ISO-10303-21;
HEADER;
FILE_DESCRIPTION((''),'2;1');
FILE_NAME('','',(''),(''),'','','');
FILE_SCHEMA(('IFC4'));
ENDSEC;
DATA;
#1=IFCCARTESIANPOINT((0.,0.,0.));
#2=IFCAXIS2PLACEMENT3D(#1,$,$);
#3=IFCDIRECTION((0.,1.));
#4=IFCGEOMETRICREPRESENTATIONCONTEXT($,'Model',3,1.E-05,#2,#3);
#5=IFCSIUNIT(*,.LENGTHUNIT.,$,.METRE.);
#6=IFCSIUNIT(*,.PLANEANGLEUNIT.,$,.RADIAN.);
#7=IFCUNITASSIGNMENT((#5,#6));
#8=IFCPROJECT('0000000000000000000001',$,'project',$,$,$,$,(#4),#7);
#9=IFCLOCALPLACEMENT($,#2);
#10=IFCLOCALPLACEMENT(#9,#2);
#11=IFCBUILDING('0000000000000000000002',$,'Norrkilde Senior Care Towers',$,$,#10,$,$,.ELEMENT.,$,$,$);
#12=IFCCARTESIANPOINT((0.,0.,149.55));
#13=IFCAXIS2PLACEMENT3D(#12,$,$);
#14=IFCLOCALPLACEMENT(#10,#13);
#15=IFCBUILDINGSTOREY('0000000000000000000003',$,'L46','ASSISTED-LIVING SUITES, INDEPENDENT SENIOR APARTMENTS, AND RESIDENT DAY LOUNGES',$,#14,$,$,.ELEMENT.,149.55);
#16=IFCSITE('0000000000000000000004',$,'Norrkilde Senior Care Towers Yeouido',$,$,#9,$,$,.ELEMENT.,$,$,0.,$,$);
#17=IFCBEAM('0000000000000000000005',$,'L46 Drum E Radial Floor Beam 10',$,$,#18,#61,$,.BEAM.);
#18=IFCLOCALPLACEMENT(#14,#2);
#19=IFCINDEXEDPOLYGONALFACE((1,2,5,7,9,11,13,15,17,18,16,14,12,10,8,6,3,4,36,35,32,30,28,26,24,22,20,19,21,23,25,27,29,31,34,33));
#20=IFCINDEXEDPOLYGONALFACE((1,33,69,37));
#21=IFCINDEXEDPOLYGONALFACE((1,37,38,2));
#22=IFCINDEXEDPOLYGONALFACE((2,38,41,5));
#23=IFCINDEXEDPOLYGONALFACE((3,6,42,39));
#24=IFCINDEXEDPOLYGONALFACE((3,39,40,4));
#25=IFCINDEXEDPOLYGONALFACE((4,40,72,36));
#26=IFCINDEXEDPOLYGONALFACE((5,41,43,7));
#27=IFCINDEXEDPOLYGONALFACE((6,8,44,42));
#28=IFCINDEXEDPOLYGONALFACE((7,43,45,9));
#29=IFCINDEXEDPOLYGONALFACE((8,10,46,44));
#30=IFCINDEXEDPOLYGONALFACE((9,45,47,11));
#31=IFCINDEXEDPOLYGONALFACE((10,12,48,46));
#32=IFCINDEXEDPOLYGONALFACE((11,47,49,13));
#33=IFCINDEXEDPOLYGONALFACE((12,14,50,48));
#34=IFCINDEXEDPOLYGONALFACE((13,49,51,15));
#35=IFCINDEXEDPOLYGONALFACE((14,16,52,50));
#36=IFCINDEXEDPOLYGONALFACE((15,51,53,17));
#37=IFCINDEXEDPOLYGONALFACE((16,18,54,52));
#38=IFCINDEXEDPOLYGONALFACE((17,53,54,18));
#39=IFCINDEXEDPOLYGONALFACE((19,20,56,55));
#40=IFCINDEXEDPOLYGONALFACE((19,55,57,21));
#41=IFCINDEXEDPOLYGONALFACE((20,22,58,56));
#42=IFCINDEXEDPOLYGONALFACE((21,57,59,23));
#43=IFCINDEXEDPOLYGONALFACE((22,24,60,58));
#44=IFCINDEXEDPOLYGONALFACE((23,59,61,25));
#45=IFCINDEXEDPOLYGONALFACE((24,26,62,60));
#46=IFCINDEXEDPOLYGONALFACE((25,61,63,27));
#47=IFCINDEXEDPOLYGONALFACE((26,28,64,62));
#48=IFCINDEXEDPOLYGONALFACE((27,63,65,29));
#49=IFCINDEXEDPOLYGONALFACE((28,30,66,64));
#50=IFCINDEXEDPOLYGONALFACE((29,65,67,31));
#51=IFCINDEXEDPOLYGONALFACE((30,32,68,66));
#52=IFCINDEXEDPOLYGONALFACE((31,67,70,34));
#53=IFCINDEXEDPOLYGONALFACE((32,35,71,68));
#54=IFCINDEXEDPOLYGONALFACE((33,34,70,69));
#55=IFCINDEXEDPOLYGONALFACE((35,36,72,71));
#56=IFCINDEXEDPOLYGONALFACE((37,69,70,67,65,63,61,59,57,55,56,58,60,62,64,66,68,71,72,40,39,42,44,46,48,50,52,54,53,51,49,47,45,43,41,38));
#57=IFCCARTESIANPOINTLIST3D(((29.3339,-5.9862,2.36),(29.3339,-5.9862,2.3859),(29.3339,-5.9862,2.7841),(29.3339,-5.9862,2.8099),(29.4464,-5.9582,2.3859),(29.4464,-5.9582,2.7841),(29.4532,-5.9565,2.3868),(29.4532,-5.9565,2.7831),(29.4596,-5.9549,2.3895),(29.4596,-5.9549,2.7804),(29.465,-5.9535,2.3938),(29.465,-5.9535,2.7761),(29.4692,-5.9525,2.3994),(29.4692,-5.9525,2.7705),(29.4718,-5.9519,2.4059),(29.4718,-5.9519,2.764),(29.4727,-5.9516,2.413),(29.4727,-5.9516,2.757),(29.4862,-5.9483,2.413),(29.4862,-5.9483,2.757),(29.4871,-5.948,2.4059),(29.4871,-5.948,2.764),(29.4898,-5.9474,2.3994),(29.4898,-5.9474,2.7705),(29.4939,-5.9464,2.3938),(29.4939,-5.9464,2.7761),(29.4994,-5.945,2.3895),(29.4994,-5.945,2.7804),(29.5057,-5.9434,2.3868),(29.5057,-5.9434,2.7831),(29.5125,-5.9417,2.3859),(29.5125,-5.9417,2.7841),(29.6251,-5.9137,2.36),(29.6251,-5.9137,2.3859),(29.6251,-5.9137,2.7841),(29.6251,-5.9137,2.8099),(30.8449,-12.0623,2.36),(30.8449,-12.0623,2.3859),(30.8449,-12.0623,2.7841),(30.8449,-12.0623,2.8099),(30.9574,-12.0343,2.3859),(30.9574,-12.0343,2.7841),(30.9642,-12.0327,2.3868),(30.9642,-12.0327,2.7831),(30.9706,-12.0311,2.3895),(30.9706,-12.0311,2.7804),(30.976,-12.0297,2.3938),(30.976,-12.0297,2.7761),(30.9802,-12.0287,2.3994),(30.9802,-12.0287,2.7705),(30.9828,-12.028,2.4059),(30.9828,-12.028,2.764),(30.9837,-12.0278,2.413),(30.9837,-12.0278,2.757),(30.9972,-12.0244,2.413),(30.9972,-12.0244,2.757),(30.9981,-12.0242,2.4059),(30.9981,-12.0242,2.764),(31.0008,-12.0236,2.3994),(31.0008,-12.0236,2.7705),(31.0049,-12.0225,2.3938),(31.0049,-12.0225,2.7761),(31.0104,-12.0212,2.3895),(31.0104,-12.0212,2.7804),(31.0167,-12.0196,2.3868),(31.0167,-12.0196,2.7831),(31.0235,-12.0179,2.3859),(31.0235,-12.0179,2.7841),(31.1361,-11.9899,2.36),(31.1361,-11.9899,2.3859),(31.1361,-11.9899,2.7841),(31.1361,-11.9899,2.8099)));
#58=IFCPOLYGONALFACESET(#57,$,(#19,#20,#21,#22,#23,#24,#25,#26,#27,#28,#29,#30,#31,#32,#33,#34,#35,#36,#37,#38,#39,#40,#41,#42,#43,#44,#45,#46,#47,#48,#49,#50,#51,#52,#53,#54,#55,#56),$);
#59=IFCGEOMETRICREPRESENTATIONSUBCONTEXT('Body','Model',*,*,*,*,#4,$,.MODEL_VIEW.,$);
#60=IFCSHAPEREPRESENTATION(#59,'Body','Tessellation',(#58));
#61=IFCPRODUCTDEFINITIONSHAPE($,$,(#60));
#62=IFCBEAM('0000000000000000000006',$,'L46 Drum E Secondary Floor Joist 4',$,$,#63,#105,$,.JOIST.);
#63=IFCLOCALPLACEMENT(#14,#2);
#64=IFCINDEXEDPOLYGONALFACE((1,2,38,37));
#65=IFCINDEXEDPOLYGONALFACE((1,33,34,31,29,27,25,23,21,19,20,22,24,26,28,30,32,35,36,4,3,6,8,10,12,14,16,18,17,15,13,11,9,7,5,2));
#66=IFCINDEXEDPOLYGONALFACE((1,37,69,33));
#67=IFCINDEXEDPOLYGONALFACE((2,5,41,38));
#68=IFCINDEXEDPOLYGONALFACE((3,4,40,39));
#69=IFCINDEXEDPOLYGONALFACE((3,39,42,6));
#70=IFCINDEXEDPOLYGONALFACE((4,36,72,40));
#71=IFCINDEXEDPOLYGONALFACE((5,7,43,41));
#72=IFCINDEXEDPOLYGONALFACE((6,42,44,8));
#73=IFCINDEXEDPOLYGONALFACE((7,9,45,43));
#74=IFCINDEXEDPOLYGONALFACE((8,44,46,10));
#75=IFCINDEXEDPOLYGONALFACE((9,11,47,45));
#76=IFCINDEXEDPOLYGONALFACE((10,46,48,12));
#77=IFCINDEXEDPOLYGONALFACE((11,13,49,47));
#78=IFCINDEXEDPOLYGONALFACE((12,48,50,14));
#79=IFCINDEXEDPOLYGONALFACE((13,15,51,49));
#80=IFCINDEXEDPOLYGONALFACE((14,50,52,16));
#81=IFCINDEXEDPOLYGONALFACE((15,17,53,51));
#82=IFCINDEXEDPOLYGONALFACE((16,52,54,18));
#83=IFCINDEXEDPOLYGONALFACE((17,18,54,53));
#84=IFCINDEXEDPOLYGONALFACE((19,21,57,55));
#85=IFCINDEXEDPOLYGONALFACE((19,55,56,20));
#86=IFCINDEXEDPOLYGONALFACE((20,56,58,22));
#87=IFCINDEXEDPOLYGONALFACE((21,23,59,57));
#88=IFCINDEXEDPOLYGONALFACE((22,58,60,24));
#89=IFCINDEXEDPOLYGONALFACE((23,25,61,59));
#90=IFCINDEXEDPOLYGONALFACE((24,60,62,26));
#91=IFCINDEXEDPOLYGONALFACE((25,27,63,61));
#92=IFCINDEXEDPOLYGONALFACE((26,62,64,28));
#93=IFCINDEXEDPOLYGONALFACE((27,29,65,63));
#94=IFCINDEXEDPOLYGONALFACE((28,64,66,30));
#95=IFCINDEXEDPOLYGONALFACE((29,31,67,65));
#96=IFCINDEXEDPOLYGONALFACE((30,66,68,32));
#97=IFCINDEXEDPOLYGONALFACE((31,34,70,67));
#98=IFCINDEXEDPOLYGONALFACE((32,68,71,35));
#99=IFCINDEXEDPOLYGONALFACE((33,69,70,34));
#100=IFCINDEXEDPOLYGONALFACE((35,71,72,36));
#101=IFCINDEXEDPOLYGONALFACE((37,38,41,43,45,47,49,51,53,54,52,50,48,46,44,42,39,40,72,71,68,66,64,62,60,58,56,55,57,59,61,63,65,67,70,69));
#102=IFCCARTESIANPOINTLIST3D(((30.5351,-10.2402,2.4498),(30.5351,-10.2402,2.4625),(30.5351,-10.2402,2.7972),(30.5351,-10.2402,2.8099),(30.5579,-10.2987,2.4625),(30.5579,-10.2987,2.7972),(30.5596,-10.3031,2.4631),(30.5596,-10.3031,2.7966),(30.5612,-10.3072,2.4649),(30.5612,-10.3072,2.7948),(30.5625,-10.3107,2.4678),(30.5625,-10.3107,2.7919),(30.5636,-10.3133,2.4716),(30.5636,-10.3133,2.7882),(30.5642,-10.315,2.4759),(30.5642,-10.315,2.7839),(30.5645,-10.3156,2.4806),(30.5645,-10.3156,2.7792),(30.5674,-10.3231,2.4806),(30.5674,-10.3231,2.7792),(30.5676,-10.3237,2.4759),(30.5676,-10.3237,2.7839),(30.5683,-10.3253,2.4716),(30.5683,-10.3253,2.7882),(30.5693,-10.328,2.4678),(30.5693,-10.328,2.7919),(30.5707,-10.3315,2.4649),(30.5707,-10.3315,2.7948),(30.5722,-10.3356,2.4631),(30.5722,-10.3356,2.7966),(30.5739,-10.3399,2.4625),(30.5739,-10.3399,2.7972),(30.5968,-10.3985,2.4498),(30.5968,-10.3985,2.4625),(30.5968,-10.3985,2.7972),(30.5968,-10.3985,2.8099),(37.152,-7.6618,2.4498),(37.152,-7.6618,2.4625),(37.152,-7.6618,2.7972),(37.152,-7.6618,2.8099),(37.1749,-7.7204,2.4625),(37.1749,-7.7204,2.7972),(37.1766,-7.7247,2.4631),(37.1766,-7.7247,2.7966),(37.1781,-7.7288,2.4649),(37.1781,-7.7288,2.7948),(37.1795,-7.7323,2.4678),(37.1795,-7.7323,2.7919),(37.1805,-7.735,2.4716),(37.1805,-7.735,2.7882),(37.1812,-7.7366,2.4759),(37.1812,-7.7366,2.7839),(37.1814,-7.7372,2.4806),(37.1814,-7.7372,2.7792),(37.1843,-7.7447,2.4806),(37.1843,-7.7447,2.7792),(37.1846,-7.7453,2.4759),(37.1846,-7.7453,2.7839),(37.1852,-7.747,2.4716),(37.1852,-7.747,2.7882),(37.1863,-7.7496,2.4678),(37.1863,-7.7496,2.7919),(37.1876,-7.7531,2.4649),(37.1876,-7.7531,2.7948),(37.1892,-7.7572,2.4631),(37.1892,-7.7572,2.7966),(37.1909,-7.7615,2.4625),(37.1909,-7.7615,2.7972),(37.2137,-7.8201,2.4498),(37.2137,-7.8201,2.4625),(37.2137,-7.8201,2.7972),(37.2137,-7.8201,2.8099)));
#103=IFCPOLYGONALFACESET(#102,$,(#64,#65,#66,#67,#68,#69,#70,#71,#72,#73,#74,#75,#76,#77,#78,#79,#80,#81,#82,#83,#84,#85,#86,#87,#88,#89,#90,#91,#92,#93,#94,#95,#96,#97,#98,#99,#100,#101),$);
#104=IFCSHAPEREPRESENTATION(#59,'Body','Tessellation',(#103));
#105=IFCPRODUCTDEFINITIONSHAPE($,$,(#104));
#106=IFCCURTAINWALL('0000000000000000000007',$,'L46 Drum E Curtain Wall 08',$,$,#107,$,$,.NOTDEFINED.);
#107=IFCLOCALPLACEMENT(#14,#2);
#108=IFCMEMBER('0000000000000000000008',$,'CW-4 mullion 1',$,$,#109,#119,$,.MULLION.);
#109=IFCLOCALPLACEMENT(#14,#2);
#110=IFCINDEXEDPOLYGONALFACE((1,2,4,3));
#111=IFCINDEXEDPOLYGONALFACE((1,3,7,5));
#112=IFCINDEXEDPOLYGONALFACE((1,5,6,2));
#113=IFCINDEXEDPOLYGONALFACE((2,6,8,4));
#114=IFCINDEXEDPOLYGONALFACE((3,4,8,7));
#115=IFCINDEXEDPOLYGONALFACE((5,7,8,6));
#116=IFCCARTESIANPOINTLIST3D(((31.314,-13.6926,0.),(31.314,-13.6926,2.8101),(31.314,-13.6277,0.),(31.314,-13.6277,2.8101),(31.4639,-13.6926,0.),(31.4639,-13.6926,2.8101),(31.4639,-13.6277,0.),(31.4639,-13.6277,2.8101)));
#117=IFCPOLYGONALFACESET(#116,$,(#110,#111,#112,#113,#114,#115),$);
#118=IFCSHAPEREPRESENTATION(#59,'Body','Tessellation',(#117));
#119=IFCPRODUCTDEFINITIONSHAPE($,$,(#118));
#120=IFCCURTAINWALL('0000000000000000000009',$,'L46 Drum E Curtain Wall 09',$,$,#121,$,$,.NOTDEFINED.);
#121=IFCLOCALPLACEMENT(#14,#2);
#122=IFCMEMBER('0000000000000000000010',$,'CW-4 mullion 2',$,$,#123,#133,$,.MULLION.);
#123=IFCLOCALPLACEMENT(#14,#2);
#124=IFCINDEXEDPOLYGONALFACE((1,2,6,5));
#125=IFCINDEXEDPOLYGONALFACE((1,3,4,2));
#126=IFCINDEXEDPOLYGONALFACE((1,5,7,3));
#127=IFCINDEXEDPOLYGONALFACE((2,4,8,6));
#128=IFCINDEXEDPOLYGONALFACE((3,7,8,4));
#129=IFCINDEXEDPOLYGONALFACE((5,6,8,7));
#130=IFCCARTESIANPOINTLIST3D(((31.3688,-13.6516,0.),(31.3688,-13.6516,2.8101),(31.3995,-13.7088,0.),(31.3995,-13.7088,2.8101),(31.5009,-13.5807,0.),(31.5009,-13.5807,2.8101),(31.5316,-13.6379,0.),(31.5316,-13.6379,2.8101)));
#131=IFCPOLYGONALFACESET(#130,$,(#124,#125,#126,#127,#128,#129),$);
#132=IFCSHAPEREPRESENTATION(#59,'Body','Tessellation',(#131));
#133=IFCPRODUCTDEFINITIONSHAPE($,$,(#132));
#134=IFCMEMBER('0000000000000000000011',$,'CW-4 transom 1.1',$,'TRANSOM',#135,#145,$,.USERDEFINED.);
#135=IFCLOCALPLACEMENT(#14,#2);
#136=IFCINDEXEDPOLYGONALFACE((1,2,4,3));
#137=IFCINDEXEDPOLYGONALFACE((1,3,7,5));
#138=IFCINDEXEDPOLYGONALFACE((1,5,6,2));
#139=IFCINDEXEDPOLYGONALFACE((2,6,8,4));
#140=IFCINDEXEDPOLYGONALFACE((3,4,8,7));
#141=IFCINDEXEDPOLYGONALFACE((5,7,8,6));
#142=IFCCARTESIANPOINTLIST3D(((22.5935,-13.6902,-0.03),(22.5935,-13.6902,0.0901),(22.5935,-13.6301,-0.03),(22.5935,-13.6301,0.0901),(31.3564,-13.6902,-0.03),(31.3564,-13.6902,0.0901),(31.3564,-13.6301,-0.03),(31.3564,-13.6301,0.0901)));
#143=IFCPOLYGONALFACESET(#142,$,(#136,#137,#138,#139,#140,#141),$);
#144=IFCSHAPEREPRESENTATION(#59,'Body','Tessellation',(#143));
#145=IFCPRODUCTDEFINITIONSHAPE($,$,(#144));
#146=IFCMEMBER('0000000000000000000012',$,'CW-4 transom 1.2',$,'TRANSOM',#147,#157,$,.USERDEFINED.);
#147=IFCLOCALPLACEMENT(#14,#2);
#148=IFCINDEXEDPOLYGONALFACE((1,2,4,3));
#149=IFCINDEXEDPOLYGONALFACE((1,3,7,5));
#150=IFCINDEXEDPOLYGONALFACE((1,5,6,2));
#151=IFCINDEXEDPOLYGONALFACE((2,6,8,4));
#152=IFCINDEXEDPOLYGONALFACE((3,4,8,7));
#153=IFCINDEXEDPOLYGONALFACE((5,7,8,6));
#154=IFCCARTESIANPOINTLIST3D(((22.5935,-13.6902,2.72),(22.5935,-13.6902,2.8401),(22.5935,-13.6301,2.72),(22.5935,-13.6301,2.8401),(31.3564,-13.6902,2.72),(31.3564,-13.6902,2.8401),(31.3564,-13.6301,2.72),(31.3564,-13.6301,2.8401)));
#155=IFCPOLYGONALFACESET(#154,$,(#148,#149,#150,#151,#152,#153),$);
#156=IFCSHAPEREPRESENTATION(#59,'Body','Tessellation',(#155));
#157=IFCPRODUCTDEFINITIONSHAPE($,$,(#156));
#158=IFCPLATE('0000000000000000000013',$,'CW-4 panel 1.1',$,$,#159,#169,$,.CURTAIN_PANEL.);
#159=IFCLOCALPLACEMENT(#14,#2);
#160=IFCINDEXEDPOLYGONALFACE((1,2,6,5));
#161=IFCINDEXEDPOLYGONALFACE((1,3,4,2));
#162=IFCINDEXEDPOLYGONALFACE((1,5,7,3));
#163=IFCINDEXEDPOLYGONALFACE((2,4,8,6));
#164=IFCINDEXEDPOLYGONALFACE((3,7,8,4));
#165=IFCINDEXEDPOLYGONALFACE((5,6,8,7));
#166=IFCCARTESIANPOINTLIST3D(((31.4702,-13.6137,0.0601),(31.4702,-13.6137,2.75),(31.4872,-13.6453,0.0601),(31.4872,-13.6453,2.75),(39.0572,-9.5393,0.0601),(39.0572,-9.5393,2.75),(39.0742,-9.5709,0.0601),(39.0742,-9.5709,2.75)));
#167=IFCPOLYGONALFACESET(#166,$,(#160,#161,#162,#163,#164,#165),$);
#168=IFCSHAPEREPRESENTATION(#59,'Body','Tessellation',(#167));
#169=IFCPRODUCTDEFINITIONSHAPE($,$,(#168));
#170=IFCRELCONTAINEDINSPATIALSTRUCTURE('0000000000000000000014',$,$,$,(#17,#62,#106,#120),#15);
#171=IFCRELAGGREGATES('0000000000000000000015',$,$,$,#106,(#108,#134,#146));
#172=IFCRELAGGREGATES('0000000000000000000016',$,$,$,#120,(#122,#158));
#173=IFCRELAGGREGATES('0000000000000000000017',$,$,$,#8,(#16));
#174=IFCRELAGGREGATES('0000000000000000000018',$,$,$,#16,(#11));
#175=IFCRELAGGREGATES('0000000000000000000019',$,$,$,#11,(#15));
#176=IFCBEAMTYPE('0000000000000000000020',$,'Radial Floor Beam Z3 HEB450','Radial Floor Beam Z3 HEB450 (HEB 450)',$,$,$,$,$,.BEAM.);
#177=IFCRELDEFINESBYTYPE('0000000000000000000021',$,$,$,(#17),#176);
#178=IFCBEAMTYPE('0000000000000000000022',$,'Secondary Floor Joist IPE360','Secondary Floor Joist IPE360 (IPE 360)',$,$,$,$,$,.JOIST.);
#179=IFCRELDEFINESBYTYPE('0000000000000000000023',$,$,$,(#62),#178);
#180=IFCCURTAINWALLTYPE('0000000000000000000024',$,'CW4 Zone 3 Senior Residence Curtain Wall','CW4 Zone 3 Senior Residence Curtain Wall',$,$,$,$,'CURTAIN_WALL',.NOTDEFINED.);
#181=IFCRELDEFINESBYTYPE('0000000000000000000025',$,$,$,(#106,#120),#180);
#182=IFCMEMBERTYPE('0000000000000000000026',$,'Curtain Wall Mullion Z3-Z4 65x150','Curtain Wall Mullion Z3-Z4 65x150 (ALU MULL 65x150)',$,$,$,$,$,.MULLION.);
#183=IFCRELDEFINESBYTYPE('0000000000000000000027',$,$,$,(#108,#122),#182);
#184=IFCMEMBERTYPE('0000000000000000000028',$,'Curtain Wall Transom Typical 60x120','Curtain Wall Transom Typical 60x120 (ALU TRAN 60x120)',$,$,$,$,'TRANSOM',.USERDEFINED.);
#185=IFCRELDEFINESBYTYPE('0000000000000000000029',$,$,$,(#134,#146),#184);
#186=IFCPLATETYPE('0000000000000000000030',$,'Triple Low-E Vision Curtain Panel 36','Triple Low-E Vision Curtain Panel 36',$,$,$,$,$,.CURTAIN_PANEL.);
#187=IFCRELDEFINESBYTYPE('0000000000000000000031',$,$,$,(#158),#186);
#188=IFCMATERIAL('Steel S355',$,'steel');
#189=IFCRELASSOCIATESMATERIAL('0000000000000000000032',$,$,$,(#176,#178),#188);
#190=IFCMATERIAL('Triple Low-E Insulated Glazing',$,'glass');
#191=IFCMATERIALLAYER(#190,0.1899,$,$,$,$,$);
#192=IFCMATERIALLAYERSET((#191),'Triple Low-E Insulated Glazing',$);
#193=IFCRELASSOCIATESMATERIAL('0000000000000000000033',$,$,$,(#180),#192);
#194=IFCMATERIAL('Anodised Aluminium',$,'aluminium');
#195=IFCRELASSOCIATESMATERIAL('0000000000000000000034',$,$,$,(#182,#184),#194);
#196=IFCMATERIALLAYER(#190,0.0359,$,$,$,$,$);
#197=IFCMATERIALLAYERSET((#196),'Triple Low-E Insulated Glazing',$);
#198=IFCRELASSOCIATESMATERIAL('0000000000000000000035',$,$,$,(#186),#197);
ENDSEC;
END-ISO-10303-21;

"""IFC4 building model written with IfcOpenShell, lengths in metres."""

from ifc_helpers import new_model, si_unit, direction, frame, origin, origin_2d, place, context, subcontext, project, spatial, rectangle, i_section, extrude, source, transform, mapped, material, layer, layer_set, material_profile, profile_set, type_object, type_shapes, element, aggregate, save


model = new_model("IFC4")

# Units and contexts
model_context = context("Model", 3, precision=1e-05, world=origin(), true_north=direction((0.0, 1.0)))
body_context = subcontext(model_context, "Body", "Model", "MODEL_VIEW")
ifc_project = project(units=[si_unit("LENGTHUNIT", "METRE"), si_unit("PLANEANGLEUNIT", "RADIAN")], contexts=[model_context])

# Site, building, storey
site_placement = place(None, origin())
site = spatial("IfcSite", under=ifc_project, at=site_placement, Name="Norrkilde Senior Care Towers Yeouido", CompositionType="ELEMENT", RefElevation=0.0)
building_placement = place(site_placement, origin())
building = spatial("IfcBuilding", under=site, at=building_placement, Name="Norrkilde Senior Care Towers", CompositionType="ELEMENT")
storey_placement = place(building_placement, frame((0.0, 0.0, 149.55)))
storey = spatial("IfcBuildingStorey", under=building, at=storey_placement, Name="L46", Description="ASSISTED-LIVING SUITES, INDEPENDENT SENIOR APARTMENTS, AND RESIDENT DAY LOUNGES", CompositionType="ELEMENT", Elevation=149.55)

# Beams
ifc_material_1 = material(Name="Steel S355", Category="steel")
ifc_material_profile_1 = material_profile(ifc_material_1, i_section(OverallWidth=0.3, OverallDepth=0.45, WebThickness=0.0139, FlangeThickness=0.0259, FilletRadius=0.0271, at=origin_2d()), Name="HEB 450")
ifc_profile_set_1 = profile_set([ifc_material_profile_1], Name="Steel S355")
beam_type_1 = type_object("IfcBeamType", Name="Radial Floor Beam Z3 HEB450", Description="Radial Floor Beam Z3 HEB450 (HEB 450)", PredefinedType="BEAM", material=ifc_profile_set_1)
shared_shape_1 = source(origin(), body_context, "Body", "SweptSolid", [
    extrude(i_section(OverallWidth=0.3, OverallDepth=0.45, WebThickness=0.0139, FlangeThickness=0.0259, FilletRadius=0.0271, at=origin_2d()), origin(), (0.0, 0.0, 1.0), 6.2612),
])
beam_1_placement = place(storey_placement, frame((29.4795, -5.95, 2.585), z_axis=(0.241324, -0.970445, 0.0), x_axis=(0.970445, 0.241324, 0.0)))
element("IfcBeam", 1, at=beam_1_placement, inside=storey, type_object=beam_type_1, Name="L46 Drum E Radial Floor Beam 10", PredefinedType="BEAM", context=body_context, shape_type="MappedRepresentation", body=[
    mapped(shared_shape_1, transform((0.0, 0.0, 0.0), x_axis=(1.0, 0.0, 0.0), y_axis=(0.0, 1.0, 0.0), z_axis=(0.0, 0.0, 1.0), scale=1.0)),
])
ifc_material_profile_2 = material_profile(ifc_material_1, i_section(OverallWidth=0.1699, OverallDepth=0.3601, WebThickness=0.0081, FlangeThickness=0.0127, FilletRadius=0.0181, at=origin_2d()), Name="IPE 360")
ifc_profile_set_2 = profile_set([ifc_material_profile_2], Name="Steel S355")
beam_type_2 = type_object("IfcBeamType", Name="Secondary Floor Joist IPE360", Description="Secondary Floor Joist IPE360 (IPE 360)", PredefinedType="JOIST", material=ifc_profile_set_2)
shared_shape_2 = source(origin(), body_context, "Body", "SweptSolid", [
    extrude(i_section(OverallWidth=0.1699, OverallDepth=0.3601, WebThickness=0.0081, FlangeThickness=0.0127, FilletRadius=0.0181, at=origin_2d()), origin(), (0.0, 0.0, 1.0), 7.1016),
])
type_shapes(beam_type_2, [shared_shape_2])
beam_2_placement = place(storey_placement, frame((30.5659, -10.3193, 2.6299), z_axis=(0.931761, 0.363072, 0.0), x_axis=(-0.363072, 0.931761, 0.0)))
element("IfcBeam", 2, at=beam_2_placement, inside=storey, type_object=beam_type_2, Name="L46 Drum E Secondary Floor Joist 4", PredefinedType="JOIST", context=body_context, shape_type="MappedRepresentation", body=[
    mapped(shared_shape_2, transform((0.0, 0.0, 0.0), x_axis=(1.0, 0.0, 0.0), y_axis=(0.0, 1.0, 0.0), z_axis=(0.0, 0.0, 1.0), scale=1.0)),
])

# Curtain walls, members
ifc_material_2 = material(Name="Triple Low-E Insulated Glazing", Category="glass")
ifc_layer_1 = layer(ifc_material_2, 0.1899)
ifc_layer_set_1 = layer_set([ifc_layer_1], Name="Triple Low-E Insulated Glazing")
curtain_wall_type = type_object("IfcCurtainWallType", Name="CW4 Zone 3 Senior Residence Curtain Wall", Description="CW4 Zone 3 Senior Residence Curtain Wall", ElementType="CURTAIN_WALL", PredefinedType="NOTDEFINED", material=ifc_layer_set_1)
curtain_wall_1_placement = place(storey_placement, origin())
curtain_wall_1 = element("IfcCurtainWall", 3, at=curtain_wall_1_placement, inside=storey, type_object=curtain_wall_type, Name="L46 Drum E Curtain Wall 08", PredefinedType="NOTDEFINED")
ifc_material_3 = material(Name="Anodised Aluminium", Category="aluminium")
ifc_material_profile_3 = material_profile(ifc_material_3, rectangle(XDim=0.0649, YDim=0.1499, at=origin_2d()), Name="ALU MULL 65x150")
ifc_profile_set_3 = profile_set([ifc_material_profile_3], Name="Anodised Aluminium")
member_type_1 = type_object("IfcMemberType", Name="Curtain Wall Mullion Z3-Z4 65x150", Description="Curtain Wall Mullion Z3-Z4 65x150 (ALU MULL 65x150)", PredefinedType="MULLION", material=ifc_profile_set_3)
shared_shape_3 = source(origin(), body_context, "Body", "SweptSolid", [
    extrude(rectangle(XDim=0.0649, YDim=0.1499, at=origin_2d()), origin(), (0.0, 0.0, 1.0), 2.8101),
])
type_shapes(member_type_1, [shared_shape_3])
member_1_placement = place(storey_placement, frame((31.3889, -13.6602, 0.0), z_axis=(0.0, 0.0, 1.0), x_axis=(0.0, -1.0, 0.0)))
member_1 = element("IfcMember", 4, at=member_1_placement, type_object=member_type_1, Name="CW-4 mullion 1", PredefinedType="MULLION", context=body_context, shape_type="MappedRepresentation", body=[
    mapped(shared_shape_3, transform((0.0, 0.0, 0.0), x_axis=(1.0, 0.0, 0.0), y_axis=(0.0, 1.0, 0.0), z_axis=(0.0, 0.0, 1.0), scale=1.0)),
])
curtain_wall_2_placement = place(storey_placement, origin())
curtain_wall_2 = element("IfcCurtainWall", 5, at=curtain_wall_2_placement, inside=storey, type_object=curtain_wall_type, Name="L46 Drum E Curtain Wall 09", PredefinedType="NOTDEFINED")
member_2_placement = place(storey_placement, frame((31.4502, -13.6448, 0.0), z_axis=(0.0, 0.0, 1.0), x_axis=(0.473117, -0.881, 0.0)))
member_2 = element("IfcMember", 6, at=member_2_placement, type_object=member_type_1, Name="CW-4 mullion 2", PredefinedType="MULLION", context=body_context, shape_type="MappedRepresentation", body=[
    mapped(shared_shape_3, transform((0.0, 0.0, 0.0), x_axis=(1.0, 0.0, 0.0), y_axis=(0.0, 1.0, 0.0), z_axis=(0.0, 0.0, 1.0), scale=1.0)),
])

# Members
ifc_material_profile_4 = material_profile(ifc_material_3, rectangle(XDim=0.0601, YDim=0.1201, at=origin_2d()), Name="ALU TRAN 60x120")
ifc_profile_set_4 = profile_set([ifc_material_profile_4], Name="Anodised Aluminium")
member_type_2 = type_object("IfcMemberType", Name="Curtain Wall Transom Typical 60x120", Description="Curtain Wall Transom Typical 60x120 (ALU TRAN 60x120)", ElementType="TRANSOM", PredefinedType="USERDEFINED", material=ifc_profile_set_4)
shared_shape_4 = source(origin(), body_context, "Body", "SweptSolid", [
    extrude(rectangle(XDim=0.0601, YDim=0.1201, at=origin_2d()), origin(), (0.0, 0.0, 1.0), 8.7629),
])
type_shapes(member_type_2, [shared_shape_4])
member_3_placement = place(storey_placement, frame((31.3564, -13.6602, 0.03), z_axis=(-1.0, 0.0, 0.0), x_axis=(0.0, -1.0, 0.0)))
member_3 = element("IfcMember", 7, at=member_3_placement, type_object=member_type_2, Name="CW-4 transom 1.1", ObjectType="TRANSOM", PredefinedType="USERDEFINED", context=body_context, shape_type="MappedRepresentation", body=[
    mapped(shared_shape_4, transform((0.0, 0.0, 0.0), x_axis=(1.0, 0.0, 0.0), y_axis=(0.0, 1.0, 0.0), z_axis=(0.0, 0.0, 1.0), scale=1.0)),
])
member_4_placement = place(storey_placement, frame((31.3564, -13.6602, 2.78), z_axis=(-1.0, 0.0, 0.0), x_axis=(0.0, -1.0, 0.0)))
member_4 = element("IfcMember", 8, at=member_4_placement, type_object=member_type_2, Name="CW-4 transom 1.2", ObjectType="TRANSOM", PredefinedType="USERDEFINED", context=body_context, shape_type="MappedRepresentation", body=[
    mapped(shared_shape_4, transform((0.0, 0.0, 0.0), x_axis=(1.0, 0.0, 0.0), y_axis=(0.0, 1.0, 0.0), z_axis=(0.0, 0.0, 1.0), scale=1.0)),
])
aggregate(curtain_wall_1, [member_1, member_3, member_4])

# Plate
ifc_layer_2 = layer(ifc_material_2, 0.0359)
ifc_layer_set_2 = layer_set([ifc_layer_2], Name="Triple Low-E Insulated Glazing")
plate_type = type_object("IfcPlateType", Name="Triple Low-E Vision Curtain Panel 36", Description="Triple Low-E Vision Curtain Panel 36", PredefinedType="CURTAIN_PANEL", material=ifc_layer_set_2)
shared_shape_5 = source(origin(), body_context, "Body", "SweptSolid", [
    extrude(rectangle(XDim=8.6118, YDim=0.0359, at=origin_2d()), origin(), (0.0, 0.0, 1.0), 2.6899),
])
type_shapes(plate_type, [shared_shape_5])
plate_placement = place(storey_placement, frame((35.2722, -11.5923, 0.0601), z_axis=(0.0, 0.0, 1.0), x_axis=(-0.881, -0.473117, 0.0)))
plate = element("IfcPlate", 9, at=plate_placement, type_object=plate_type, Name="CW-4 panel 1.1", PredefinedType="CURTAIN_PANEL", context=body_context, shape_type="MappedRepresentation", body=[
    mapped(shared_shape_5, transform((0.0, 0.0, 0.0), x_axis=(1.0, 0.0, 0.0), y_axis=(0.0, 1.0, 0.0), z_axis=(0.0, 0.0, 1.0), scale=1.0)),
])
aggregate(curtain_wall_2, [member_2, plate])

save(model, "model.ifc")
